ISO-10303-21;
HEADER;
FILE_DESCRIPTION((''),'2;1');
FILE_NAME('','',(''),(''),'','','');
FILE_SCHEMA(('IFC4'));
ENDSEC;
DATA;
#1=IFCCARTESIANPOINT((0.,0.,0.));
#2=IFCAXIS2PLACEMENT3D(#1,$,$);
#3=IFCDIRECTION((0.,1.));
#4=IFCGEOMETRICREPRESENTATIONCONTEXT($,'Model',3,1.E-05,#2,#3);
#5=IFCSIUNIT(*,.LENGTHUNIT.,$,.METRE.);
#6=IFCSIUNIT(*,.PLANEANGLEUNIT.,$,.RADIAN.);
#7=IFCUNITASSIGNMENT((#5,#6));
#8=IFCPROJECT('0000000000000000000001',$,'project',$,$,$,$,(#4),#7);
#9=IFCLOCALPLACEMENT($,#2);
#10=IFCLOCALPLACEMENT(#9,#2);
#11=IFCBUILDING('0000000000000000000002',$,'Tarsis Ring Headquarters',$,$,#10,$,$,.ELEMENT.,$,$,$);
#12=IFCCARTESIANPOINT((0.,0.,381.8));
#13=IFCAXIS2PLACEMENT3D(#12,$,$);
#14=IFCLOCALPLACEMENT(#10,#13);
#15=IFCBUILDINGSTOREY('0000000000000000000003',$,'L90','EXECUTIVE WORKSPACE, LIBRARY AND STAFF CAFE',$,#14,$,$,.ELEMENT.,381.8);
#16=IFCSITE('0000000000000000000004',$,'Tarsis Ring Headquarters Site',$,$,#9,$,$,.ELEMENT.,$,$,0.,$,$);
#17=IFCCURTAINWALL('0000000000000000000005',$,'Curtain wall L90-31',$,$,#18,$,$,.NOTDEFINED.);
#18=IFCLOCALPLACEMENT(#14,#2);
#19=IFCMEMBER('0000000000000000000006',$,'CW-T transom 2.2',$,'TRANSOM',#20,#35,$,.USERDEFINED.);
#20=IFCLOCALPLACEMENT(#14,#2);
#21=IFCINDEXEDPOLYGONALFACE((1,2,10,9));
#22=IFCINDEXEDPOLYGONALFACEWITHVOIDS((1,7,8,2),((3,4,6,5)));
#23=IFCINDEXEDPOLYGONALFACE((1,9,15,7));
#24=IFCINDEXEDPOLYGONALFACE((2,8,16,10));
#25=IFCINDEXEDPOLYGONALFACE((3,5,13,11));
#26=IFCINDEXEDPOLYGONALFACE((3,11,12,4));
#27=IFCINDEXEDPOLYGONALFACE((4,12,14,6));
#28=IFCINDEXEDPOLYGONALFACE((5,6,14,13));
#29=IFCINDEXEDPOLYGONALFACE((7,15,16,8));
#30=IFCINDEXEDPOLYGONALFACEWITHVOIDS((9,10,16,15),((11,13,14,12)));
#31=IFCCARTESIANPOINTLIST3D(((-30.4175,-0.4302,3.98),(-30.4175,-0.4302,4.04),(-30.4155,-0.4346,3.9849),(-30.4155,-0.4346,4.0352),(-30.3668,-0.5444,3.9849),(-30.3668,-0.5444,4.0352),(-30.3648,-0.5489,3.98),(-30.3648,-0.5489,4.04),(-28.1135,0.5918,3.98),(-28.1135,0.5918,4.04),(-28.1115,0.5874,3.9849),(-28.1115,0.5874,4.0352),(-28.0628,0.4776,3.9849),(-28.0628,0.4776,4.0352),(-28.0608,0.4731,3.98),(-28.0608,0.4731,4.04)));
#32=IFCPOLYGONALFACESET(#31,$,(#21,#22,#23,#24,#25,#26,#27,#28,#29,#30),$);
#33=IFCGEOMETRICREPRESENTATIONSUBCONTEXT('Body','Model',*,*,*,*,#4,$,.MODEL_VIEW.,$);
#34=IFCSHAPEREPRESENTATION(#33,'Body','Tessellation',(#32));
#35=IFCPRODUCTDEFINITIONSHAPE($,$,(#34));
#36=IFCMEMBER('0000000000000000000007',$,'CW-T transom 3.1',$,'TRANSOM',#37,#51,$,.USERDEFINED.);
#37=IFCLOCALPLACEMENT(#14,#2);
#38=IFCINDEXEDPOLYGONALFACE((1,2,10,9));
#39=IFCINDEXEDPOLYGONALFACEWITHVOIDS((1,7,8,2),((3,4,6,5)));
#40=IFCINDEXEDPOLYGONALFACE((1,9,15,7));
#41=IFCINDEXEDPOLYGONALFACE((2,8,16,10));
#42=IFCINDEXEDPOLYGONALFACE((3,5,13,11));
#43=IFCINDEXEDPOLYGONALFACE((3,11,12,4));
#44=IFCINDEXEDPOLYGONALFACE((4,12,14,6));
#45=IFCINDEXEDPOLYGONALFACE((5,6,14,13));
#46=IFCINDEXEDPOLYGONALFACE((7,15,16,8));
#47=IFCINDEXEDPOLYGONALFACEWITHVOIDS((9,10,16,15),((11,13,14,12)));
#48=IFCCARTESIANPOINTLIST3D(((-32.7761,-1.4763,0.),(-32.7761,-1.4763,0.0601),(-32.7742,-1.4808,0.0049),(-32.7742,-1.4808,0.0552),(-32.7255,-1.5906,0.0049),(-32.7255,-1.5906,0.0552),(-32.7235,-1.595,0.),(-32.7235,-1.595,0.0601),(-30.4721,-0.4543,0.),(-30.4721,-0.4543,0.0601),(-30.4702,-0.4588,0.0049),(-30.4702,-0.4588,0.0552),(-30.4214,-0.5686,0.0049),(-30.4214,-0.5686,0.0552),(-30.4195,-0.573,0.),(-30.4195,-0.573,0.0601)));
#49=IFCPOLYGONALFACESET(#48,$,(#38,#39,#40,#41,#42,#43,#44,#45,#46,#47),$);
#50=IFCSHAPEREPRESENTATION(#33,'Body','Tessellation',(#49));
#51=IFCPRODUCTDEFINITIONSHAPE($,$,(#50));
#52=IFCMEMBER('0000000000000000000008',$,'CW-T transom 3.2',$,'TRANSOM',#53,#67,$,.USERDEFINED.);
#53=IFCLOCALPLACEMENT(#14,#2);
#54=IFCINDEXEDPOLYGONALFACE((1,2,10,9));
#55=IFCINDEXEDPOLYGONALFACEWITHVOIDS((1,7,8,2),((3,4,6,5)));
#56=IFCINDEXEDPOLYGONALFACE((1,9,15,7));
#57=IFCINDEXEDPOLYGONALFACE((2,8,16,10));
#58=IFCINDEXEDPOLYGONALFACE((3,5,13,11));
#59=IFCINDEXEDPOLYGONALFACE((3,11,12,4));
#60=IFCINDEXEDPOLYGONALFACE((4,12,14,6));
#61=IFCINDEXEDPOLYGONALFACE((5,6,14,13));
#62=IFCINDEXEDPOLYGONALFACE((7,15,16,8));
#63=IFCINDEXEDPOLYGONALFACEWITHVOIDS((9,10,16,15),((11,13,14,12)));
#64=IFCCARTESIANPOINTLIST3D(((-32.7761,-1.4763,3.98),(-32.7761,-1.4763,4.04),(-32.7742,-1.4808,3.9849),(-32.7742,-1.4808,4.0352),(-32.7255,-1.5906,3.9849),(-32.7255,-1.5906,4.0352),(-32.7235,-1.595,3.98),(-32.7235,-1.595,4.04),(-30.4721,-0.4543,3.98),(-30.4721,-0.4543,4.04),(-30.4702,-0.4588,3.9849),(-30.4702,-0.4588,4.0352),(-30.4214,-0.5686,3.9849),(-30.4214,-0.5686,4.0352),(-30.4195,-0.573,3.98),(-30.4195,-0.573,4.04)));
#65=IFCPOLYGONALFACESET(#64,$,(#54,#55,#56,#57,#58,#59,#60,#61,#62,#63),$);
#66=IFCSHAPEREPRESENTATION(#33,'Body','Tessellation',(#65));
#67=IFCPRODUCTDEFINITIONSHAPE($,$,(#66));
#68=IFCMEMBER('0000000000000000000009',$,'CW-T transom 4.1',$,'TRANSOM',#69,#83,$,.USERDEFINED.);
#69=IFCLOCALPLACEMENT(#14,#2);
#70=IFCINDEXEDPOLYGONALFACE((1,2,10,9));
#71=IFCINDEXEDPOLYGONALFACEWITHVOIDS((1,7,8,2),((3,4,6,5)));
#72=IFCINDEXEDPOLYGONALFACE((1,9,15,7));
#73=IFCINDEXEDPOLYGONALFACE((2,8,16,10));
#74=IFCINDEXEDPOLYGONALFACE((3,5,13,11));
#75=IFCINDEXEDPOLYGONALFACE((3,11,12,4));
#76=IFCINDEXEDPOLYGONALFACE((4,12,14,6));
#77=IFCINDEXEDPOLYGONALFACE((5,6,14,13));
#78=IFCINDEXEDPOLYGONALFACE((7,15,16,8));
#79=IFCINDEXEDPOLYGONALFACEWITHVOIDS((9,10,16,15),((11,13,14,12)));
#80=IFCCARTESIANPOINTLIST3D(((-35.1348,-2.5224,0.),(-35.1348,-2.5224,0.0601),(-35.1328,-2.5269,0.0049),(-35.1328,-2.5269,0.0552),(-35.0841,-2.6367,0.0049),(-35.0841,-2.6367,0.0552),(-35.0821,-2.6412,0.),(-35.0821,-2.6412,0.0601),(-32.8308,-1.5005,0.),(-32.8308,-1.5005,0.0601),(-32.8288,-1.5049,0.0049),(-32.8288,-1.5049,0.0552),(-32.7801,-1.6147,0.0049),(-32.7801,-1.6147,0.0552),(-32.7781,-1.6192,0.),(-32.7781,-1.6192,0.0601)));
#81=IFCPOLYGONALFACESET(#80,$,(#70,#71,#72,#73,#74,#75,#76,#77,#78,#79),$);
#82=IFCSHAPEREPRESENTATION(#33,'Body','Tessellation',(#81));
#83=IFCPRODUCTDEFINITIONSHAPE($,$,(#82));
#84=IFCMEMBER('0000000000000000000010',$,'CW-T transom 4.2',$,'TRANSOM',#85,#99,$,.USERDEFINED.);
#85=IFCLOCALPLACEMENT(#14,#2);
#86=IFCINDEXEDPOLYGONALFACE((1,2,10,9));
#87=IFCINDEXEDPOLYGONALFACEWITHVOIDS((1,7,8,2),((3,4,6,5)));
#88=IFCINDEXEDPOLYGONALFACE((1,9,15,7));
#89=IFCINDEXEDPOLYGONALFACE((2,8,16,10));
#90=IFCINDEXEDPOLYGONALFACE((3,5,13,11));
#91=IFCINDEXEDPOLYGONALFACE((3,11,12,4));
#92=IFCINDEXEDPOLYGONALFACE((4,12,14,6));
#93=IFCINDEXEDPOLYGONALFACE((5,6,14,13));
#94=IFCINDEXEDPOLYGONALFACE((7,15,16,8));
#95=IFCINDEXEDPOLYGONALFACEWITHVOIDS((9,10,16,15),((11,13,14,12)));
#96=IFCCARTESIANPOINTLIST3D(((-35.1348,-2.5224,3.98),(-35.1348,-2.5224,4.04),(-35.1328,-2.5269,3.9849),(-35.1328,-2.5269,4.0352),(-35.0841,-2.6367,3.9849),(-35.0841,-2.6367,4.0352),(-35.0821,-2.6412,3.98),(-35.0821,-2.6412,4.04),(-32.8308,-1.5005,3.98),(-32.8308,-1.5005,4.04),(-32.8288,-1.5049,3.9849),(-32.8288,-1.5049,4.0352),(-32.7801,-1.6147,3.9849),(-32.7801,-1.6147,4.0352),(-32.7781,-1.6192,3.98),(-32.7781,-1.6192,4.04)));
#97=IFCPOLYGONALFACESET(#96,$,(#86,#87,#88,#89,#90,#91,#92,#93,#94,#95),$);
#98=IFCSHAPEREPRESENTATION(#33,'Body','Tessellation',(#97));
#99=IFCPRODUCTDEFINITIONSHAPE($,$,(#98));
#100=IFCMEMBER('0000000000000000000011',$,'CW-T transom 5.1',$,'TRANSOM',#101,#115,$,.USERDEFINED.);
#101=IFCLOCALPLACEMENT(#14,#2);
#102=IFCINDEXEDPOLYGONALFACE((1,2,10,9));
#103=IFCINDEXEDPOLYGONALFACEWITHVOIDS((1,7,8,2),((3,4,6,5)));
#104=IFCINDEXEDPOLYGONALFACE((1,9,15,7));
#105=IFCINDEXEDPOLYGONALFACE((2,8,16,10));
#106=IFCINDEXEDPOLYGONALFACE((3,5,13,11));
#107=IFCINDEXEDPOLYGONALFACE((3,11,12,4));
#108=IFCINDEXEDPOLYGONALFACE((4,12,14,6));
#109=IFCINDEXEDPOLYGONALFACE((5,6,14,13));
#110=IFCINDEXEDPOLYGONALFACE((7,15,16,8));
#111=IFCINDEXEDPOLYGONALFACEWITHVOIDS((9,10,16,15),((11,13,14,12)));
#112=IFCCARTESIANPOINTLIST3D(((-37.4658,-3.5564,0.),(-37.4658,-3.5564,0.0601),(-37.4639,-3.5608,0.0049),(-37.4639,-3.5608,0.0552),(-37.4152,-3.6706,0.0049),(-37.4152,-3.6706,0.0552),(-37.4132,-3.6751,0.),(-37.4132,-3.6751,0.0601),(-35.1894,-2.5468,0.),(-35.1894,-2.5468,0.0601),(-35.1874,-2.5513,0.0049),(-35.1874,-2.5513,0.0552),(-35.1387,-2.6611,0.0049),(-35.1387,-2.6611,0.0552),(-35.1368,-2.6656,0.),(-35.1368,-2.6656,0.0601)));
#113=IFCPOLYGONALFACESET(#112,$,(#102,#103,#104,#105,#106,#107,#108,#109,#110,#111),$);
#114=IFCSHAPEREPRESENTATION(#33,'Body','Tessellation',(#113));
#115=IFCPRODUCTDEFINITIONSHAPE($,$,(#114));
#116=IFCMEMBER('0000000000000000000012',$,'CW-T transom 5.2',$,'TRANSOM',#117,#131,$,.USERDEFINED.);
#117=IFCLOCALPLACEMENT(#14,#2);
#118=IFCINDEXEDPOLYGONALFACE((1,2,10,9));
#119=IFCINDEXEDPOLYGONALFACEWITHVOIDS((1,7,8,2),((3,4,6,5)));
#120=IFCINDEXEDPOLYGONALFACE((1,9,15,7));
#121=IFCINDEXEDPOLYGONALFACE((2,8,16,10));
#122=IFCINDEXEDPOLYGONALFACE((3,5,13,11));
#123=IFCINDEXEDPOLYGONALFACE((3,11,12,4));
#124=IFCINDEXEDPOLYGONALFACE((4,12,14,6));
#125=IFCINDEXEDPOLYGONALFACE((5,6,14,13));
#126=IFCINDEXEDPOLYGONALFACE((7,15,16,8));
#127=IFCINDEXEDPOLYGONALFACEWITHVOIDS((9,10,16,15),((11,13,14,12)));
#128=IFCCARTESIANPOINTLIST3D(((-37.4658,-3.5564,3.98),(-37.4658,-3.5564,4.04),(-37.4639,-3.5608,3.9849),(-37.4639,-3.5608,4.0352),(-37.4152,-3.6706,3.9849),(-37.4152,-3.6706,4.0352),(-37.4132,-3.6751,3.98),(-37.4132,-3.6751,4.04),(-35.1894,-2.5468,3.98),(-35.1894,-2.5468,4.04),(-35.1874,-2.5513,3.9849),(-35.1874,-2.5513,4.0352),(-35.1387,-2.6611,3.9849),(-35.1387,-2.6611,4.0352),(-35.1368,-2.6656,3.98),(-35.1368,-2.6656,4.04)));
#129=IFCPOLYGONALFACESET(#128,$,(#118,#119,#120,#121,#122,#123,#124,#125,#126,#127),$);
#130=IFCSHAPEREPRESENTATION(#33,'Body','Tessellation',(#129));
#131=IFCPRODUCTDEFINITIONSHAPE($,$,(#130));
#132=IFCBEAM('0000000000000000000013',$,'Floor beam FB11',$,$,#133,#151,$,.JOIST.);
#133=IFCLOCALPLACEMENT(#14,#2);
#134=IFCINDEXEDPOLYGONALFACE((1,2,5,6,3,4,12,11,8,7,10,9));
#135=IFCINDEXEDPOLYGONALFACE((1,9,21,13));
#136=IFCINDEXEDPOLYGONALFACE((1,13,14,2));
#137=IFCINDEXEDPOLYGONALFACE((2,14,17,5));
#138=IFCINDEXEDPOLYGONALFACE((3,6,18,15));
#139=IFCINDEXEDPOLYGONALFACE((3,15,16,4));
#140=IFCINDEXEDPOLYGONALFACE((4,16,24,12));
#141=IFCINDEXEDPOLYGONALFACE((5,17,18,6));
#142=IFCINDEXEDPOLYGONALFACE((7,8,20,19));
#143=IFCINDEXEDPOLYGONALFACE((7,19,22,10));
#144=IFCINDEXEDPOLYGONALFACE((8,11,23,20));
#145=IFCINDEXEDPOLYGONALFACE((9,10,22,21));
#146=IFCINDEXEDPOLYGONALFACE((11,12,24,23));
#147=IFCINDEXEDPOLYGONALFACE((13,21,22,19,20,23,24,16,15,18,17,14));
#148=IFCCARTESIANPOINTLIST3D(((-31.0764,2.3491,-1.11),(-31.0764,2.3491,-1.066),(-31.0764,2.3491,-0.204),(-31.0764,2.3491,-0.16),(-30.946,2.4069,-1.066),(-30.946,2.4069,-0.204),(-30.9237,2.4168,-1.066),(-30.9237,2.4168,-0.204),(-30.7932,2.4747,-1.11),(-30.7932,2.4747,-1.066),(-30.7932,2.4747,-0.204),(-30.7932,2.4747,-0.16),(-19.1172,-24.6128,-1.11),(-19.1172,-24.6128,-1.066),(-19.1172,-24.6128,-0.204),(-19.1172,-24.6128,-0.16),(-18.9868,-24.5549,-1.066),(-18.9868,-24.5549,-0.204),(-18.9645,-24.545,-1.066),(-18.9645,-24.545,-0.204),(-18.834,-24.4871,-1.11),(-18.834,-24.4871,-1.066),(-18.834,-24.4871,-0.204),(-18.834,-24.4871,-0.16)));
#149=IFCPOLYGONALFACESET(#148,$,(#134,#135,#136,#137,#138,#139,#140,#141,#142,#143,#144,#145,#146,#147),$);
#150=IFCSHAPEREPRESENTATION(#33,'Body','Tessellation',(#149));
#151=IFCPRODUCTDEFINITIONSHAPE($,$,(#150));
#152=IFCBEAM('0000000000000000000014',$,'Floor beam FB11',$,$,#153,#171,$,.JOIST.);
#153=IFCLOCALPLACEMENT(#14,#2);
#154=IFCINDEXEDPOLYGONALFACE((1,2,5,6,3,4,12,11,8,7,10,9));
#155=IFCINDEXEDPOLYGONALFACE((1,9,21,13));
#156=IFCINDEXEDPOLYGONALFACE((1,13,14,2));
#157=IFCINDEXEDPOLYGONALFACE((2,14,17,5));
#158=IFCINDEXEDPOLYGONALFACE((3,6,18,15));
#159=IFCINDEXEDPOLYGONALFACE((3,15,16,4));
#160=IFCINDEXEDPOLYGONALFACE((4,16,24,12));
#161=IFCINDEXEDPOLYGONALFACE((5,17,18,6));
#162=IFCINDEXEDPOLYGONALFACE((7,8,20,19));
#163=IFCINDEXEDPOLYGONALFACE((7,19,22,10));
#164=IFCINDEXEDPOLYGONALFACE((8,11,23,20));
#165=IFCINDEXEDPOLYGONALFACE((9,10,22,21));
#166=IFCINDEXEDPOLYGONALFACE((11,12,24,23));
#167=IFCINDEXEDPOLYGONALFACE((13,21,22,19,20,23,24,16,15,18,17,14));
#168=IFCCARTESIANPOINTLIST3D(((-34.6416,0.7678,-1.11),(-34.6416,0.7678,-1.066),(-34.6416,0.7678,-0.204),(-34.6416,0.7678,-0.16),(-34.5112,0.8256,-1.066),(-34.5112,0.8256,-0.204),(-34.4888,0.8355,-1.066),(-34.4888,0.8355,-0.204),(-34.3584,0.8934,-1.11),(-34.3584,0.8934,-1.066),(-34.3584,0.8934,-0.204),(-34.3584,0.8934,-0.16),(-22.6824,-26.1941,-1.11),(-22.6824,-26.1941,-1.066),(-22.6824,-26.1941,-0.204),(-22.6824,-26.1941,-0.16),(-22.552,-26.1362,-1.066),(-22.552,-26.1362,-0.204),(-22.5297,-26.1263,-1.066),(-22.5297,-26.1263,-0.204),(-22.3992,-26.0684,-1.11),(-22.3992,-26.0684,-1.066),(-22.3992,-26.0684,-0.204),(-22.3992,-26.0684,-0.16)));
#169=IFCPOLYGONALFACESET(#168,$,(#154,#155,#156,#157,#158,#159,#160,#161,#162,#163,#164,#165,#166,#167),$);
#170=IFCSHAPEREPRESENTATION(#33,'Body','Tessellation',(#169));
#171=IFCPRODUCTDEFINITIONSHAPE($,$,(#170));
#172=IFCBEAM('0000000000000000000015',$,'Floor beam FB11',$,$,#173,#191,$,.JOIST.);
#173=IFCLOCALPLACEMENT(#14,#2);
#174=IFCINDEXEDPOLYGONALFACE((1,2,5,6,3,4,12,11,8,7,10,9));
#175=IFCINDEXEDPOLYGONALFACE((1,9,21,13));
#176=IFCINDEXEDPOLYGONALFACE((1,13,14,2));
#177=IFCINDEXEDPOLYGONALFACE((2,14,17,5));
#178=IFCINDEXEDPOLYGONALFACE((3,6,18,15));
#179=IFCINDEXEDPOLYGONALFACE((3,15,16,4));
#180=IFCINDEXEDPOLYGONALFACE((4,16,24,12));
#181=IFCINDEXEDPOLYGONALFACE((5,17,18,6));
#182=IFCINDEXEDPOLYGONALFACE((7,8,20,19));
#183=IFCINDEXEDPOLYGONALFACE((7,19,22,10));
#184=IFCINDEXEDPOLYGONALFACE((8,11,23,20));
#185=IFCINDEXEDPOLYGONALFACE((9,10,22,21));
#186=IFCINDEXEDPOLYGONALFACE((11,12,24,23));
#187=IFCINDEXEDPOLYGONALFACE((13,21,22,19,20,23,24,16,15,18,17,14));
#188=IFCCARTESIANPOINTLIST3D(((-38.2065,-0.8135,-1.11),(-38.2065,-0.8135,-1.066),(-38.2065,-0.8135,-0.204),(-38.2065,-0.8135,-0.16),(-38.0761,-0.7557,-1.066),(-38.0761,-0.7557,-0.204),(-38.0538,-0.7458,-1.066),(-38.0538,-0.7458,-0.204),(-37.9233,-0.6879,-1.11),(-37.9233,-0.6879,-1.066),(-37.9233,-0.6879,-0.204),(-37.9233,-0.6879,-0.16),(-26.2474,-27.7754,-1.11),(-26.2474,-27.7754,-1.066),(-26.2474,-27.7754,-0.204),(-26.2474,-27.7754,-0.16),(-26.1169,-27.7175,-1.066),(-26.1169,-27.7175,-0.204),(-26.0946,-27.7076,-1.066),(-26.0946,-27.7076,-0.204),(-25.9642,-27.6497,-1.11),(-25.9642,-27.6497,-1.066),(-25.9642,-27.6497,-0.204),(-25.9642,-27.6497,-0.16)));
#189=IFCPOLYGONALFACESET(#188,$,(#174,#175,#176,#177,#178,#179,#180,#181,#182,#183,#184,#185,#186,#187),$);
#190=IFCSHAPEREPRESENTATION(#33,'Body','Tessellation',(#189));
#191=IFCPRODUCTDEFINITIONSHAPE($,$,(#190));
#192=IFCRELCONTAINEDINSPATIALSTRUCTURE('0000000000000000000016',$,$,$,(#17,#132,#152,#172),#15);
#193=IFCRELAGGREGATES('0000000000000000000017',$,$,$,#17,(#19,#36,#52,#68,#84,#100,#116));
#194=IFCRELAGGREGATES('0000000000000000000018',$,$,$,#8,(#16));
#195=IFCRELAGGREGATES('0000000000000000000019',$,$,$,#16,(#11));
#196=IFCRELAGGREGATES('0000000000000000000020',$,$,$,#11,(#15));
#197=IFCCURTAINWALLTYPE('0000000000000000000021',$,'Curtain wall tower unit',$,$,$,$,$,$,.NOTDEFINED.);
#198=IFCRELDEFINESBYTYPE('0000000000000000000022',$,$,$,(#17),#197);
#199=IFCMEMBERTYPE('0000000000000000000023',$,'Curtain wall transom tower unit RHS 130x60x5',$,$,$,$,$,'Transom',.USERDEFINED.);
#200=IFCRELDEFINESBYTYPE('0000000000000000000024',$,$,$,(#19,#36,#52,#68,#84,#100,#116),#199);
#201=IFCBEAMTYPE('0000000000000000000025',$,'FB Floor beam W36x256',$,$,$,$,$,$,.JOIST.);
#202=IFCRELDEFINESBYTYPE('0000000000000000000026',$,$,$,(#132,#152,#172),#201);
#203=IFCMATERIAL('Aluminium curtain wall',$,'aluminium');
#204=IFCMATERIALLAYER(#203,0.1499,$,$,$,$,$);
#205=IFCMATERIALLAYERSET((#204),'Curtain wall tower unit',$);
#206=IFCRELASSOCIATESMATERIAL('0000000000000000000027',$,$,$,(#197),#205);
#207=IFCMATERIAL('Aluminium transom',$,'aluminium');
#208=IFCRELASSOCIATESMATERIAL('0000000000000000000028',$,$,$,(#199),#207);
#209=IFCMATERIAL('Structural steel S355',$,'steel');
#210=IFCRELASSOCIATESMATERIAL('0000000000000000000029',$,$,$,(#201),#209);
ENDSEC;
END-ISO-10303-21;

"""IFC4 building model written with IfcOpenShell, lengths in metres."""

from ifc_helpers import new_model, si_unit, direction, frame, origin, origin_2d, place, context, subcontext, project, spatial, hollow_rectangle, i_section, extrude, material, layer, layer_set, material_profile, profile_set, type_object, element, aggregate, save


model = new_model("IFC4")

# Units and contexts
model_context = context("Model", 3, precision=1e-05, world=origin(), true_north=direction((0.0, 1.0)))
body_context = subcontext(model_context, "Body", "Model", "MODEL_VIEW")
ifc_project = project(units=[si_unit("LENGTHUNIT", "METRE"), si_unit("PLANEANGLEUNIT", "RADIAN")], contexts=[model_context])

# Site, building, storey
site_placement = place(None, origin())
site = spatial("IfcSite", under=ifc_project, at=site_placement, Name="Tarsis Ring Headquarters Site", CompositionType="ELEMENT", RefElevation=0.0)
building_placement = place(site_placement, origin())
building = spatial("IfcBuilding", under=site, at=building_placement, Name="Tarsis Ring Headquarters", CompositionType="ELEMENT")
storey_placement = place(building_placement, frame((0.0, 0.0, 381.8)))
storey = spatial("IfcBuildingStorey", under=building, at=storey_placement, Name="L90", Description="EXECUTIVE WORKSPACE, LIBRARY AND STAFF CAFE", CompositionType="ELEMENT", Elevation=381.8)

# Shared definitions
ifc_material_1 = material(Name="Structural steel S355", Category="steel")

# Curtain wall, members
ifc_material_2 = material(Name="Aluminium curtain wall", Category="aluminium")
ifc_layer_1 = layer(ifc_material_2, 0.1499)
ifc_layer_set_1 = layer_set([ifc_layer_1], Name="Curtain wall tower unit")
curtain_wall_type = type_object("IfcCurtainWallType", Name="Curtain wall tower unit", PredefinedType="NOTDEFINED", material=ifc_layer_set_1)
curtain_wall_placement = place(storey_placement, origin())
curtain_wall = element("IfcCurtainWall", 1, at=curtain_wall_placement, inside=storey, type_object=curtain_wall_type, Name="Curtain wall L90-31", PredefinedType="NOTDEFINED")
ifc_material_3 = material(Name="Aluminium transom", Category="aluminium")
ifc_material_profile_1 = material_profile(ifc_material_3, hollow_rectangle(XDim=0.1299, YDim=0.0601, WallThickness=0.0049, at=origin_2d()), Name="RHS 130x60x5")
ifc_profile_set_1 = profile_set([ifc_material_profile_1], Name="Aluminium transom")
member_type_1 = type_object("IfcMemberType", Name="Curtain wall transom tower unit RHS 130x60x5", ElementType="Transom", PredefinedType="USERDEFINED", material=ifc_profile_set_1)
member_1_placement = place(storey_placement, frame((-28.0872, 0.5325, 4.01), z_axis=(-0.914107, -0.405473, 0.0), x_axis=(0.405473, -0.914107, 0.0)))
member_1 = element("IfcMember", 2, at=member_1_placement, type_object=member_type_1, Name="CW-T transom 2.2", ObjectType="TRANSOM", PredefinedType="USERDEFINED", context=body_context, shape_type="SweptSolid", body=[
    extrude(hollow_rectangle(XDim=0.1299, YDim=0.0601, WallThickness=0.0049, at=origin_2d()), origin(), (0.0, 0.0, 1.0), 2.5205),
])
member_2_placement = place(storey_placement, frame((-30.4458, -0.5137, 0.03), z_axis=(-0.914107, -0.405473, 0.0), x_axis=(0.405473, -0.914107, 0.0)))
member_2 = element("IfcMember", 3, at=member_2_placement, type_object=member_type_1, Name="CW-T transom 3.1", ObjectType="TRANSOM", PredefinedType="USERDEFINED", context=body_context, shape_type="SweptSolid", body=[
    extrude(hollow_rectangle(XDim=0.1299, YDim=0.0601, WallThickness=0.0049, at=origin_2d()), origin(), (0.0, 0.0, 1.0), 2.5205),
])
member_3_placement = place(storey_placement, frame((-30.4458, -0.5137, 4.01), z_axis=(-0.914107, -0.405473, 0.0), x_axis=(0.405473, -0.914107, 0.0)))
member_3 = element("IfcMember", 4, at=member_3_placement, type_object=member_type_1, Name="CW-T transom 3.2", ObjectType="TRANSOM", PredefinedType="USERDEFINED", context=body_context, shape_type="SweptSolid", body=[
    extrude(hollow_rectangle(XDim=0.1299, YDim=0.0601, WallThickness=0.0049, at=origin_2d()), origin(), (0.0, 0.0, 1.0), 2.5205),
])
member_4_placement = place(storey_placement, frame((-32.8044, -1.5598, 0.03), z_axis=(-0.914107, -0.405473, 0.0), x_axis=(0.405473, -0.914107, 0.0)))
member_4 = element("IfcMember", 5, at=member_4_placement, type_object=member_type_1, Name="CW-T transom 4.1", ObjectType="TRANSOM", PredefinedType="USERDEFINED", context=body_context, shape_type="SweptSolid", body=[
    extrude(hollow_rectangle(XDim=0.1299, YDim=0.0601, WallThickness=0.0049, at=origin_2d()), origin(), (0.0, 0.0, 1.0), 2.5205),
])
member_5_placement = place(storey_placement, frame((-32.8044, -1.5598, 4.01), z_axis=(-0.914107, -0.405473, 0.0), x_axis=(0.405473, -0.914107, 0.0)))
member_5 = element("IfcMember", 6, at=member_5_placement, type_object=member_type_1, Name="CW-T transom 4.2", ObjectType="TRANSOM", PredefinedType="USERDEFINED", context=body_context, shape_type="SweptSolid", body=[
    extrude(hollow_rectangle(XDim=0.1299, YDim=0.0601, WallThickness=0.0049, at=origin_2d()), origin(), (0.0, 0.0, 1.0), 2.5205),
])
member_6_placement = place(storey_placement, frame((-35.1631, -2.6062, 0.03), z_axis=(-0.914139, -0.405402, 0.0), x_axis=(0.405402, -0.914139, 0.0)))
member_6 = element("IfcMember", 7, at=member_6_placement, type_object=member_type_1, Name="CW-T transom 5.1", ObjectType="TRANSOM", PredefinedType="USERDEFINED", context=body_context, shape_type="SweptSolid", body=[
    extrude(hollow_rectangle(XDim=0.1299, YDim=0.0601, WallThickness=0.0049, at=origin_2d()), origin(), (0.0, 0.0, 1.0), 2.4902),
])
member_7_placement = place(storey_placement, frame((-35.1631, -2.6062, 4.01), z_axis=(-0.914139, -0.405402, 0.0), x_axis=(0.405402, -0.914139, 0.0)))
member_7 = element("IfcMember", 8, at=member_7_placement, type_object=member_type_1, Name="CW-T transom 5.2", ObjectType="TRANSOM", PredefinedType="USERDEFINED", context=body_context, shape_type="SweptSolid", body=[
    extrude(hollow_rectangle(XDim=0.1299, YDim=0.0601, WallThickness=0.0049, at=origin_2d()), origin(), (0.0, 0.0, 1.0), 2.4902),
])

# Beams
ifc_material_profile_2 = material_profile(ifc_material_1, i_section(OverallWidth=0.3098, OverallDepth=0.95, WebThickness=0.0244, FlangeThickness=0.0439, at=origin_2d()), Name="W36x256")
ifc_profile_set_2 = profile_set([ifc_material_profile_2], Name="Structural steel S355")
beam_type_1 = type_object("IfcBeamType", Name="FB Floor beam W36x256", PredefinedType="JOIST", material=ifc_profile_set_2)
for number, where, z_axis, x_axis, name in (
    (9, (-30.9348, 2.4119, -0.635), (0.405463, -0.914111, 0.0), (0.914111, 0.405463, 0.0), "Floor beam FB11"),
    (10, (-34.5, 0.8306, -0.635), (0.405463, -0.914111, 0.0), (0.914111, 0.405463, 0.0), "Floor beam FB11"),
    (11, (-38.0649, -0.7507, -0.635), (0.405463, -0.914111, 0.0), (0.914111, 0.405463, 0.0), "Floor beam FB11"),
):
    element("IfcBeam", number, at=place(storey_placement, frame(where, z_axis=z_axis, x_axis=x_axis)), inside=storey, type_object=beam_type_1, Name=name, PredefinedType="JOIST", context=body_context, shape_type="SweptSolid", body=[
        extrude(i_section(OverallWidth=0.3098, OverallDepth=0.95, WebThickness=0.0244, FlangeThickness=0.0439, at=origin_2d()), origin(), (0.0, 0.0, 1.0), 29.4951),
    ])

aggregate(curtain_wall, [member_1, member_2, member_3, member_4, member_5, member_6, member_7])

save(model, "model.ifc")
